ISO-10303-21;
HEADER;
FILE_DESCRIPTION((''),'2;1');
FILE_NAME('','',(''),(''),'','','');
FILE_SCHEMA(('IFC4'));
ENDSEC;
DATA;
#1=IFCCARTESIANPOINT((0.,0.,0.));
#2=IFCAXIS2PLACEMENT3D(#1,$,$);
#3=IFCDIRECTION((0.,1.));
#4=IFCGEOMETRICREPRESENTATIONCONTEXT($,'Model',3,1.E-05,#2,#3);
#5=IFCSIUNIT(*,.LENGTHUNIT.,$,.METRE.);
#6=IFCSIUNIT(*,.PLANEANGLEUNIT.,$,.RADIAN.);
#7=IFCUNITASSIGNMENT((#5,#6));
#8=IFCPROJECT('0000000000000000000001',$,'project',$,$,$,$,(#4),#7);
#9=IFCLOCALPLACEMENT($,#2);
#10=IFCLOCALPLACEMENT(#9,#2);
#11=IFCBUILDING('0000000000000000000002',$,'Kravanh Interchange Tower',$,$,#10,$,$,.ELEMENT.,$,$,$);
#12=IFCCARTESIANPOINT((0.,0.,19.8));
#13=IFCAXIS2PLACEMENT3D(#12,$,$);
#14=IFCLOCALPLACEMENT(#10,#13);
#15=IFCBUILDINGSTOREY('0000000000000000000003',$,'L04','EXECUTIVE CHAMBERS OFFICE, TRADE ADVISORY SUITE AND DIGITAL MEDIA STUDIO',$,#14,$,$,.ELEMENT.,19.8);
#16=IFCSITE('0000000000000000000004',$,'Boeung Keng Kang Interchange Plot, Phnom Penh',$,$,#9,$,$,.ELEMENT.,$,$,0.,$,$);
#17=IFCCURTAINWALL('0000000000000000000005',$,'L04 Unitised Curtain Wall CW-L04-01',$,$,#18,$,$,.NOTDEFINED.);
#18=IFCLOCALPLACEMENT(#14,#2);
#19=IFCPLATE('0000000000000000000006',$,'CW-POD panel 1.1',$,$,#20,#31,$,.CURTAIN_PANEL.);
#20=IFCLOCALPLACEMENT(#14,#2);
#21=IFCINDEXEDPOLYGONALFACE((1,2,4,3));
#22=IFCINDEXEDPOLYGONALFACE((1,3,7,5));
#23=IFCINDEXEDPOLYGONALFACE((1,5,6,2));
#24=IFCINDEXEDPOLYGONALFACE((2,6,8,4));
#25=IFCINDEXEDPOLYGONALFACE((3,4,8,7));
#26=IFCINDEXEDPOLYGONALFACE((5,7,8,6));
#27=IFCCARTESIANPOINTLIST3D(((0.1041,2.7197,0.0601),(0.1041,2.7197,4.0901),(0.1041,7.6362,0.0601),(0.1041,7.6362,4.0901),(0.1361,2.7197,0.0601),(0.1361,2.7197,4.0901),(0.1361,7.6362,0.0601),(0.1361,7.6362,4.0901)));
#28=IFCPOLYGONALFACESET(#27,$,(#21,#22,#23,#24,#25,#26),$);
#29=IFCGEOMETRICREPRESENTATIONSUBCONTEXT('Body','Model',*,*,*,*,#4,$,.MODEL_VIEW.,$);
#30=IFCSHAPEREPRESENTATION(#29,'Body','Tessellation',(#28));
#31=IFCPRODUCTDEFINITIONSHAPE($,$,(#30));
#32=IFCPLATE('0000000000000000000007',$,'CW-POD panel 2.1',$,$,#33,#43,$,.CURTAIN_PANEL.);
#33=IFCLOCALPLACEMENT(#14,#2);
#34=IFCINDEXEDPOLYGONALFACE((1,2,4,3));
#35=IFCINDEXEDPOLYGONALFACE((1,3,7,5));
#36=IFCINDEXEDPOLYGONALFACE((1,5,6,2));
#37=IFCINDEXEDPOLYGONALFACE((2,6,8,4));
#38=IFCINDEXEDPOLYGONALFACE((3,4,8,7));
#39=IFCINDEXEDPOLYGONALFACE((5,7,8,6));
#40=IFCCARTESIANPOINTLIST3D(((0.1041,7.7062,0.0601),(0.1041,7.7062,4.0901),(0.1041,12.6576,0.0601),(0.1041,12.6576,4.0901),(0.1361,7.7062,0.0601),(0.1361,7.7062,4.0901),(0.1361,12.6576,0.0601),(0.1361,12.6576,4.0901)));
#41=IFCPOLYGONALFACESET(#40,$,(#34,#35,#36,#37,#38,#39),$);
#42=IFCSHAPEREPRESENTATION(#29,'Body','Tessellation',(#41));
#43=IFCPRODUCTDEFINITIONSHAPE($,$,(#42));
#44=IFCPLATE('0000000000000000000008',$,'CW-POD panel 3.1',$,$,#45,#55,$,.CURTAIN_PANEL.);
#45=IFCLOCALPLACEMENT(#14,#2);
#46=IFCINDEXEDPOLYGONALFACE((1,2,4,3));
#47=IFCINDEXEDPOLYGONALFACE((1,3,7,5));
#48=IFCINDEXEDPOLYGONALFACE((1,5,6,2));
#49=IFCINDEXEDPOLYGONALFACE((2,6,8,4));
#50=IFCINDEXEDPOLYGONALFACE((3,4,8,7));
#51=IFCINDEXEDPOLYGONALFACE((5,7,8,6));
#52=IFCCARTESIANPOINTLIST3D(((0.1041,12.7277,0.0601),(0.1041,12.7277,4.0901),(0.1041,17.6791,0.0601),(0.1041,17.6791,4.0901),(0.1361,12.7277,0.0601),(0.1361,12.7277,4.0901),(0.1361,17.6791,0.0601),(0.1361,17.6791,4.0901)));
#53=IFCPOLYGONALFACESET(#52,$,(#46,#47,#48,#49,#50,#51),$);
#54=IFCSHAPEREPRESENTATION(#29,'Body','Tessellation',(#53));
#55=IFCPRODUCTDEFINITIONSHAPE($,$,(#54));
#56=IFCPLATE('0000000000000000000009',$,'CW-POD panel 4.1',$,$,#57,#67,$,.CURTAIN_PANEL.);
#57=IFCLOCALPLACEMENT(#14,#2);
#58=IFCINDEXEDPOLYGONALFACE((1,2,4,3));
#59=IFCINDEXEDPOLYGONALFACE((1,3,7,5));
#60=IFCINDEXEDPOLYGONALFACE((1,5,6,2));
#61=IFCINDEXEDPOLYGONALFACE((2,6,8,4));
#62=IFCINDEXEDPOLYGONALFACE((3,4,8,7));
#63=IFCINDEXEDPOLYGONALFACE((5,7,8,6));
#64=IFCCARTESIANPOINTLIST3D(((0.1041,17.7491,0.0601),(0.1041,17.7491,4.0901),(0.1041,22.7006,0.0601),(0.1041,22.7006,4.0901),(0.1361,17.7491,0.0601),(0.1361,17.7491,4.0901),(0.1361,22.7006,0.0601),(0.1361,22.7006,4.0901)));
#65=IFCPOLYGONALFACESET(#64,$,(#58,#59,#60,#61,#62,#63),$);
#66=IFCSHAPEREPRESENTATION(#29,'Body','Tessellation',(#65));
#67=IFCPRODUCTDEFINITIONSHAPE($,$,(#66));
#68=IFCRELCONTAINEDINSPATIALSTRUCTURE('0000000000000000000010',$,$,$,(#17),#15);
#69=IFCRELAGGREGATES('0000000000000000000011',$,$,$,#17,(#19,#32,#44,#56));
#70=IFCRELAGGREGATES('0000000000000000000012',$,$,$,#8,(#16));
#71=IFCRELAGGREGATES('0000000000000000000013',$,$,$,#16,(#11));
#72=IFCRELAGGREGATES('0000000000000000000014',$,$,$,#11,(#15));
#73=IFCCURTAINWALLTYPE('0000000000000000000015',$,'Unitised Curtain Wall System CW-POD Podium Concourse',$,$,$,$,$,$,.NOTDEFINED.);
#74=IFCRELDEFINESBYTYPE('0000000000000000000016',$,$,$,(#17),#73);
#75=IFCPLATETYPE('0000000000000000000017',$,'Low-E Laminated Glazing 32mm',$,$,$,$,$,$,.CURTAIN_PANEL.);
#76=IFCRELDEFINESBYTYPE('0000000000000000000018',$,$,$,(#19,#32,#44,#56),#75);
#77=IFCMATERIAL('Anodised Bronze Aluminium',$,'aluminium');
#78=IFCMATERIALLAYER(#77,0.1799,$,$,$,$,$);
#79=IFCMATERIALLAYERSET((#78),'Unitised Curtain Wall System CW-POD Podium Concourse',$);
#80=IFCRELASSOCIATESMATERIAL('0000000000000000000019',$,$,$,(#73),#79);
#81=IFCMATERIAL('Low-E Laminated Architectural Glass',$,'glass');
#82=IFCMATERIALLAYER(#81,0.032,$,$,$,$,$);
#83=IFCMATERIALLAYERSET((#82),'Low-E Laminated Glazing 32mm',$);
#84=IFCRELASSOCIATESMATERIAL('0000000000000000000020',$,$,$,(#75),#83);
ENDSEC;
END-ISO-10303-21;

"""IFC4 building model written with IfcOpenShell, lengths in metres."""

from ifc_helpers import new_model, si_unit, direction, frame, origin, origin_2d, place, context, subcontext, project, spatial, rectangle, extrude, material, layer, layer_set, type_object, element, aggregate, save


model = new_model("IFC4")

# Units and contexts
model_context = context("Model", 3, precision=1e-05, world=origin(), true_north=direction((0.0, 1.0)))
body_context = subcontext(model_context, "Body", "Model", "MODEL_VIEW")
ifc_project = project(units=[si_unit("LENGTHUNIT", "METRE"), si_unit("PLANEANGLEUNIT", "RADIAN")], contexts=[model_context])

# Site, building, storey
site_placement = place(None, origin())
site = spatial("IfcSite", under=ifc_project, at=site_placement, Name="Boeung Keng Kang Interchange Plot, Phnom Penh", CompositionType="ELEMENT", RefElevation=0.0)
building_placement = place(site_placement, origin())
building = spatial("IfcBuilding", under=site, at=building_placement, Name="Kravanh Interchange Tower", CompositionType="ELEMENT")
storey_placement = place(building_placement, frame((0.0, 0.0, 19.8)))
storey = spatial("IfcBuildingStorey", under=building, at=storey_placement, Name="L04", Description="EXECUTIVE CHAMBERS OFFICE, TRADE ADVISORY SUITE AND DIGITAL MEDIA STUDIO", CompositionType="ELEMENT", Elevation=19.8)

# Curtain wall
ifc_material_1 = material(Name="Anodised Bronze Aluminium", Category="aluminium")
ifc_layer_1 = layer(ifc_material_1, 0.1799)
ifc_layer_set_1 = layer_set([ifc_layer_1], Name="Unitised Curtain Wall System CW-POD Podium Concourse")
curtain_wall_type = type_object("IfcCurtainWallType", Name="Unitised Curtain Wall System CW-POD Podium Concourse", PredefinedType="NOTDEFINED", material=ifc_layer_set_1)
curtain_wall_placement = place(storey_placement, origin())
curtain_wall = element("IfcCurtainWall", 1, at=curtain_wall_placement, inside=storey, type_object=curtain_wall_type, Name="L04 Unitised Curtain Wall CW-L04-01", PredefinedType="NOTDEFINED")

# Plates
ifc_material_2 = material(Name="Low-E Laminated Architectural Glass", Category="glass")
ifc_layer_2 = layer(ifc_material_2, 0.032)
ifc_layer_set_2 = layer_set([ifc_layer_2], Name="Low-E Laminated Glazing 32mm")
plate_type = type_object("IfcPlateType", Name="Low-E Laminated Glazing 32mm", PredefinedType="CURTAIN_PANEL", material=ifc_layer_set_2)
plate_1_placement = place(storey_placement, frame((0.1201, 5.178, 0.0601), z_axis=(0.0, 0.0, 1.0), x_axis=(0.0, 1.0, 0.0)))
plate_1 = element("IfcPlate", 2, at=plate_1_placement, type_object=plate_type, Name="CW-POD panel 1.1", PredefinedType="CURTAIN_PANEL", context=body_context, shape_type="SweptSolid", body=[
    extrude(rectangle(XDim=4.9165, YDim=0.032, at=origin_2d()), origin(), (0.0, 0.0, 1.0), 4.03),
])
plate_2_placement = place(storey_placement, frame((0.1201, 10.1819, 0.0601), z_axis=(0.0, 0.0, 1.0), x_axis=(0.0, 1.0, 0.0)))
plate_2 = element("IfcPlate", 3, at=plate_2_placement, type_object=plate_type, Name="CW-POD panel 2.1", PredefinedType="CURTAIN_PANEL", context=body_context, shape_type="SweptSolid", body=[
    extrude(rectangle(XDim=4.9514, YDim=0.032, at=origin_2d()), origin(), (0.0, 0.0, 1.0), 4.03),
])
plate_3_placement = place(storey_placement, frame((0.1201, 15.2034, 0.0601), z_axis=(0.0, 0.0, 1.0), x_axis=(0.0, 1.0, 0.0)))
plate_3 = element("IfcPlate", 4, at=plate_3_placement, type_object=plate_type, Name="CW-POD panel 3.1", PredefinedType="CURTAIN_PANEL", context=body_context, shape_type="SweptSolid", body=[
    extrude(rectangle(XDim=4.9514, YDim=0.032, at=origin_2d()), origin(), (0.0, 0.0, 1.0), 4.03),
])
plate_4_placement = place(storey_placement, frame((0.1201, 20.2249, 0.0601), z_axis=(0.0, 0.0, 1.0), x_axis=(0.0, 1.0, 0.0)))
plate_4 = element("IfcPlate", 5, at=plate_4_placement, type_object=plate_type, Name="CW-POD panel 4.1", PredefinedType="CURTAIN_PANEL", context=body_context, shape_type="SweptSolid", body=[
    extrude(rectangle(XDim=4.9514, YDim=0.032, at=origin_2d()), origin(), (0.0, 0.0, 1.0), 4.03),
])
aggregate(curtain_wall, [plate_1, plate_2, plate_3, plate_4])

save(model, "model.ifc")
